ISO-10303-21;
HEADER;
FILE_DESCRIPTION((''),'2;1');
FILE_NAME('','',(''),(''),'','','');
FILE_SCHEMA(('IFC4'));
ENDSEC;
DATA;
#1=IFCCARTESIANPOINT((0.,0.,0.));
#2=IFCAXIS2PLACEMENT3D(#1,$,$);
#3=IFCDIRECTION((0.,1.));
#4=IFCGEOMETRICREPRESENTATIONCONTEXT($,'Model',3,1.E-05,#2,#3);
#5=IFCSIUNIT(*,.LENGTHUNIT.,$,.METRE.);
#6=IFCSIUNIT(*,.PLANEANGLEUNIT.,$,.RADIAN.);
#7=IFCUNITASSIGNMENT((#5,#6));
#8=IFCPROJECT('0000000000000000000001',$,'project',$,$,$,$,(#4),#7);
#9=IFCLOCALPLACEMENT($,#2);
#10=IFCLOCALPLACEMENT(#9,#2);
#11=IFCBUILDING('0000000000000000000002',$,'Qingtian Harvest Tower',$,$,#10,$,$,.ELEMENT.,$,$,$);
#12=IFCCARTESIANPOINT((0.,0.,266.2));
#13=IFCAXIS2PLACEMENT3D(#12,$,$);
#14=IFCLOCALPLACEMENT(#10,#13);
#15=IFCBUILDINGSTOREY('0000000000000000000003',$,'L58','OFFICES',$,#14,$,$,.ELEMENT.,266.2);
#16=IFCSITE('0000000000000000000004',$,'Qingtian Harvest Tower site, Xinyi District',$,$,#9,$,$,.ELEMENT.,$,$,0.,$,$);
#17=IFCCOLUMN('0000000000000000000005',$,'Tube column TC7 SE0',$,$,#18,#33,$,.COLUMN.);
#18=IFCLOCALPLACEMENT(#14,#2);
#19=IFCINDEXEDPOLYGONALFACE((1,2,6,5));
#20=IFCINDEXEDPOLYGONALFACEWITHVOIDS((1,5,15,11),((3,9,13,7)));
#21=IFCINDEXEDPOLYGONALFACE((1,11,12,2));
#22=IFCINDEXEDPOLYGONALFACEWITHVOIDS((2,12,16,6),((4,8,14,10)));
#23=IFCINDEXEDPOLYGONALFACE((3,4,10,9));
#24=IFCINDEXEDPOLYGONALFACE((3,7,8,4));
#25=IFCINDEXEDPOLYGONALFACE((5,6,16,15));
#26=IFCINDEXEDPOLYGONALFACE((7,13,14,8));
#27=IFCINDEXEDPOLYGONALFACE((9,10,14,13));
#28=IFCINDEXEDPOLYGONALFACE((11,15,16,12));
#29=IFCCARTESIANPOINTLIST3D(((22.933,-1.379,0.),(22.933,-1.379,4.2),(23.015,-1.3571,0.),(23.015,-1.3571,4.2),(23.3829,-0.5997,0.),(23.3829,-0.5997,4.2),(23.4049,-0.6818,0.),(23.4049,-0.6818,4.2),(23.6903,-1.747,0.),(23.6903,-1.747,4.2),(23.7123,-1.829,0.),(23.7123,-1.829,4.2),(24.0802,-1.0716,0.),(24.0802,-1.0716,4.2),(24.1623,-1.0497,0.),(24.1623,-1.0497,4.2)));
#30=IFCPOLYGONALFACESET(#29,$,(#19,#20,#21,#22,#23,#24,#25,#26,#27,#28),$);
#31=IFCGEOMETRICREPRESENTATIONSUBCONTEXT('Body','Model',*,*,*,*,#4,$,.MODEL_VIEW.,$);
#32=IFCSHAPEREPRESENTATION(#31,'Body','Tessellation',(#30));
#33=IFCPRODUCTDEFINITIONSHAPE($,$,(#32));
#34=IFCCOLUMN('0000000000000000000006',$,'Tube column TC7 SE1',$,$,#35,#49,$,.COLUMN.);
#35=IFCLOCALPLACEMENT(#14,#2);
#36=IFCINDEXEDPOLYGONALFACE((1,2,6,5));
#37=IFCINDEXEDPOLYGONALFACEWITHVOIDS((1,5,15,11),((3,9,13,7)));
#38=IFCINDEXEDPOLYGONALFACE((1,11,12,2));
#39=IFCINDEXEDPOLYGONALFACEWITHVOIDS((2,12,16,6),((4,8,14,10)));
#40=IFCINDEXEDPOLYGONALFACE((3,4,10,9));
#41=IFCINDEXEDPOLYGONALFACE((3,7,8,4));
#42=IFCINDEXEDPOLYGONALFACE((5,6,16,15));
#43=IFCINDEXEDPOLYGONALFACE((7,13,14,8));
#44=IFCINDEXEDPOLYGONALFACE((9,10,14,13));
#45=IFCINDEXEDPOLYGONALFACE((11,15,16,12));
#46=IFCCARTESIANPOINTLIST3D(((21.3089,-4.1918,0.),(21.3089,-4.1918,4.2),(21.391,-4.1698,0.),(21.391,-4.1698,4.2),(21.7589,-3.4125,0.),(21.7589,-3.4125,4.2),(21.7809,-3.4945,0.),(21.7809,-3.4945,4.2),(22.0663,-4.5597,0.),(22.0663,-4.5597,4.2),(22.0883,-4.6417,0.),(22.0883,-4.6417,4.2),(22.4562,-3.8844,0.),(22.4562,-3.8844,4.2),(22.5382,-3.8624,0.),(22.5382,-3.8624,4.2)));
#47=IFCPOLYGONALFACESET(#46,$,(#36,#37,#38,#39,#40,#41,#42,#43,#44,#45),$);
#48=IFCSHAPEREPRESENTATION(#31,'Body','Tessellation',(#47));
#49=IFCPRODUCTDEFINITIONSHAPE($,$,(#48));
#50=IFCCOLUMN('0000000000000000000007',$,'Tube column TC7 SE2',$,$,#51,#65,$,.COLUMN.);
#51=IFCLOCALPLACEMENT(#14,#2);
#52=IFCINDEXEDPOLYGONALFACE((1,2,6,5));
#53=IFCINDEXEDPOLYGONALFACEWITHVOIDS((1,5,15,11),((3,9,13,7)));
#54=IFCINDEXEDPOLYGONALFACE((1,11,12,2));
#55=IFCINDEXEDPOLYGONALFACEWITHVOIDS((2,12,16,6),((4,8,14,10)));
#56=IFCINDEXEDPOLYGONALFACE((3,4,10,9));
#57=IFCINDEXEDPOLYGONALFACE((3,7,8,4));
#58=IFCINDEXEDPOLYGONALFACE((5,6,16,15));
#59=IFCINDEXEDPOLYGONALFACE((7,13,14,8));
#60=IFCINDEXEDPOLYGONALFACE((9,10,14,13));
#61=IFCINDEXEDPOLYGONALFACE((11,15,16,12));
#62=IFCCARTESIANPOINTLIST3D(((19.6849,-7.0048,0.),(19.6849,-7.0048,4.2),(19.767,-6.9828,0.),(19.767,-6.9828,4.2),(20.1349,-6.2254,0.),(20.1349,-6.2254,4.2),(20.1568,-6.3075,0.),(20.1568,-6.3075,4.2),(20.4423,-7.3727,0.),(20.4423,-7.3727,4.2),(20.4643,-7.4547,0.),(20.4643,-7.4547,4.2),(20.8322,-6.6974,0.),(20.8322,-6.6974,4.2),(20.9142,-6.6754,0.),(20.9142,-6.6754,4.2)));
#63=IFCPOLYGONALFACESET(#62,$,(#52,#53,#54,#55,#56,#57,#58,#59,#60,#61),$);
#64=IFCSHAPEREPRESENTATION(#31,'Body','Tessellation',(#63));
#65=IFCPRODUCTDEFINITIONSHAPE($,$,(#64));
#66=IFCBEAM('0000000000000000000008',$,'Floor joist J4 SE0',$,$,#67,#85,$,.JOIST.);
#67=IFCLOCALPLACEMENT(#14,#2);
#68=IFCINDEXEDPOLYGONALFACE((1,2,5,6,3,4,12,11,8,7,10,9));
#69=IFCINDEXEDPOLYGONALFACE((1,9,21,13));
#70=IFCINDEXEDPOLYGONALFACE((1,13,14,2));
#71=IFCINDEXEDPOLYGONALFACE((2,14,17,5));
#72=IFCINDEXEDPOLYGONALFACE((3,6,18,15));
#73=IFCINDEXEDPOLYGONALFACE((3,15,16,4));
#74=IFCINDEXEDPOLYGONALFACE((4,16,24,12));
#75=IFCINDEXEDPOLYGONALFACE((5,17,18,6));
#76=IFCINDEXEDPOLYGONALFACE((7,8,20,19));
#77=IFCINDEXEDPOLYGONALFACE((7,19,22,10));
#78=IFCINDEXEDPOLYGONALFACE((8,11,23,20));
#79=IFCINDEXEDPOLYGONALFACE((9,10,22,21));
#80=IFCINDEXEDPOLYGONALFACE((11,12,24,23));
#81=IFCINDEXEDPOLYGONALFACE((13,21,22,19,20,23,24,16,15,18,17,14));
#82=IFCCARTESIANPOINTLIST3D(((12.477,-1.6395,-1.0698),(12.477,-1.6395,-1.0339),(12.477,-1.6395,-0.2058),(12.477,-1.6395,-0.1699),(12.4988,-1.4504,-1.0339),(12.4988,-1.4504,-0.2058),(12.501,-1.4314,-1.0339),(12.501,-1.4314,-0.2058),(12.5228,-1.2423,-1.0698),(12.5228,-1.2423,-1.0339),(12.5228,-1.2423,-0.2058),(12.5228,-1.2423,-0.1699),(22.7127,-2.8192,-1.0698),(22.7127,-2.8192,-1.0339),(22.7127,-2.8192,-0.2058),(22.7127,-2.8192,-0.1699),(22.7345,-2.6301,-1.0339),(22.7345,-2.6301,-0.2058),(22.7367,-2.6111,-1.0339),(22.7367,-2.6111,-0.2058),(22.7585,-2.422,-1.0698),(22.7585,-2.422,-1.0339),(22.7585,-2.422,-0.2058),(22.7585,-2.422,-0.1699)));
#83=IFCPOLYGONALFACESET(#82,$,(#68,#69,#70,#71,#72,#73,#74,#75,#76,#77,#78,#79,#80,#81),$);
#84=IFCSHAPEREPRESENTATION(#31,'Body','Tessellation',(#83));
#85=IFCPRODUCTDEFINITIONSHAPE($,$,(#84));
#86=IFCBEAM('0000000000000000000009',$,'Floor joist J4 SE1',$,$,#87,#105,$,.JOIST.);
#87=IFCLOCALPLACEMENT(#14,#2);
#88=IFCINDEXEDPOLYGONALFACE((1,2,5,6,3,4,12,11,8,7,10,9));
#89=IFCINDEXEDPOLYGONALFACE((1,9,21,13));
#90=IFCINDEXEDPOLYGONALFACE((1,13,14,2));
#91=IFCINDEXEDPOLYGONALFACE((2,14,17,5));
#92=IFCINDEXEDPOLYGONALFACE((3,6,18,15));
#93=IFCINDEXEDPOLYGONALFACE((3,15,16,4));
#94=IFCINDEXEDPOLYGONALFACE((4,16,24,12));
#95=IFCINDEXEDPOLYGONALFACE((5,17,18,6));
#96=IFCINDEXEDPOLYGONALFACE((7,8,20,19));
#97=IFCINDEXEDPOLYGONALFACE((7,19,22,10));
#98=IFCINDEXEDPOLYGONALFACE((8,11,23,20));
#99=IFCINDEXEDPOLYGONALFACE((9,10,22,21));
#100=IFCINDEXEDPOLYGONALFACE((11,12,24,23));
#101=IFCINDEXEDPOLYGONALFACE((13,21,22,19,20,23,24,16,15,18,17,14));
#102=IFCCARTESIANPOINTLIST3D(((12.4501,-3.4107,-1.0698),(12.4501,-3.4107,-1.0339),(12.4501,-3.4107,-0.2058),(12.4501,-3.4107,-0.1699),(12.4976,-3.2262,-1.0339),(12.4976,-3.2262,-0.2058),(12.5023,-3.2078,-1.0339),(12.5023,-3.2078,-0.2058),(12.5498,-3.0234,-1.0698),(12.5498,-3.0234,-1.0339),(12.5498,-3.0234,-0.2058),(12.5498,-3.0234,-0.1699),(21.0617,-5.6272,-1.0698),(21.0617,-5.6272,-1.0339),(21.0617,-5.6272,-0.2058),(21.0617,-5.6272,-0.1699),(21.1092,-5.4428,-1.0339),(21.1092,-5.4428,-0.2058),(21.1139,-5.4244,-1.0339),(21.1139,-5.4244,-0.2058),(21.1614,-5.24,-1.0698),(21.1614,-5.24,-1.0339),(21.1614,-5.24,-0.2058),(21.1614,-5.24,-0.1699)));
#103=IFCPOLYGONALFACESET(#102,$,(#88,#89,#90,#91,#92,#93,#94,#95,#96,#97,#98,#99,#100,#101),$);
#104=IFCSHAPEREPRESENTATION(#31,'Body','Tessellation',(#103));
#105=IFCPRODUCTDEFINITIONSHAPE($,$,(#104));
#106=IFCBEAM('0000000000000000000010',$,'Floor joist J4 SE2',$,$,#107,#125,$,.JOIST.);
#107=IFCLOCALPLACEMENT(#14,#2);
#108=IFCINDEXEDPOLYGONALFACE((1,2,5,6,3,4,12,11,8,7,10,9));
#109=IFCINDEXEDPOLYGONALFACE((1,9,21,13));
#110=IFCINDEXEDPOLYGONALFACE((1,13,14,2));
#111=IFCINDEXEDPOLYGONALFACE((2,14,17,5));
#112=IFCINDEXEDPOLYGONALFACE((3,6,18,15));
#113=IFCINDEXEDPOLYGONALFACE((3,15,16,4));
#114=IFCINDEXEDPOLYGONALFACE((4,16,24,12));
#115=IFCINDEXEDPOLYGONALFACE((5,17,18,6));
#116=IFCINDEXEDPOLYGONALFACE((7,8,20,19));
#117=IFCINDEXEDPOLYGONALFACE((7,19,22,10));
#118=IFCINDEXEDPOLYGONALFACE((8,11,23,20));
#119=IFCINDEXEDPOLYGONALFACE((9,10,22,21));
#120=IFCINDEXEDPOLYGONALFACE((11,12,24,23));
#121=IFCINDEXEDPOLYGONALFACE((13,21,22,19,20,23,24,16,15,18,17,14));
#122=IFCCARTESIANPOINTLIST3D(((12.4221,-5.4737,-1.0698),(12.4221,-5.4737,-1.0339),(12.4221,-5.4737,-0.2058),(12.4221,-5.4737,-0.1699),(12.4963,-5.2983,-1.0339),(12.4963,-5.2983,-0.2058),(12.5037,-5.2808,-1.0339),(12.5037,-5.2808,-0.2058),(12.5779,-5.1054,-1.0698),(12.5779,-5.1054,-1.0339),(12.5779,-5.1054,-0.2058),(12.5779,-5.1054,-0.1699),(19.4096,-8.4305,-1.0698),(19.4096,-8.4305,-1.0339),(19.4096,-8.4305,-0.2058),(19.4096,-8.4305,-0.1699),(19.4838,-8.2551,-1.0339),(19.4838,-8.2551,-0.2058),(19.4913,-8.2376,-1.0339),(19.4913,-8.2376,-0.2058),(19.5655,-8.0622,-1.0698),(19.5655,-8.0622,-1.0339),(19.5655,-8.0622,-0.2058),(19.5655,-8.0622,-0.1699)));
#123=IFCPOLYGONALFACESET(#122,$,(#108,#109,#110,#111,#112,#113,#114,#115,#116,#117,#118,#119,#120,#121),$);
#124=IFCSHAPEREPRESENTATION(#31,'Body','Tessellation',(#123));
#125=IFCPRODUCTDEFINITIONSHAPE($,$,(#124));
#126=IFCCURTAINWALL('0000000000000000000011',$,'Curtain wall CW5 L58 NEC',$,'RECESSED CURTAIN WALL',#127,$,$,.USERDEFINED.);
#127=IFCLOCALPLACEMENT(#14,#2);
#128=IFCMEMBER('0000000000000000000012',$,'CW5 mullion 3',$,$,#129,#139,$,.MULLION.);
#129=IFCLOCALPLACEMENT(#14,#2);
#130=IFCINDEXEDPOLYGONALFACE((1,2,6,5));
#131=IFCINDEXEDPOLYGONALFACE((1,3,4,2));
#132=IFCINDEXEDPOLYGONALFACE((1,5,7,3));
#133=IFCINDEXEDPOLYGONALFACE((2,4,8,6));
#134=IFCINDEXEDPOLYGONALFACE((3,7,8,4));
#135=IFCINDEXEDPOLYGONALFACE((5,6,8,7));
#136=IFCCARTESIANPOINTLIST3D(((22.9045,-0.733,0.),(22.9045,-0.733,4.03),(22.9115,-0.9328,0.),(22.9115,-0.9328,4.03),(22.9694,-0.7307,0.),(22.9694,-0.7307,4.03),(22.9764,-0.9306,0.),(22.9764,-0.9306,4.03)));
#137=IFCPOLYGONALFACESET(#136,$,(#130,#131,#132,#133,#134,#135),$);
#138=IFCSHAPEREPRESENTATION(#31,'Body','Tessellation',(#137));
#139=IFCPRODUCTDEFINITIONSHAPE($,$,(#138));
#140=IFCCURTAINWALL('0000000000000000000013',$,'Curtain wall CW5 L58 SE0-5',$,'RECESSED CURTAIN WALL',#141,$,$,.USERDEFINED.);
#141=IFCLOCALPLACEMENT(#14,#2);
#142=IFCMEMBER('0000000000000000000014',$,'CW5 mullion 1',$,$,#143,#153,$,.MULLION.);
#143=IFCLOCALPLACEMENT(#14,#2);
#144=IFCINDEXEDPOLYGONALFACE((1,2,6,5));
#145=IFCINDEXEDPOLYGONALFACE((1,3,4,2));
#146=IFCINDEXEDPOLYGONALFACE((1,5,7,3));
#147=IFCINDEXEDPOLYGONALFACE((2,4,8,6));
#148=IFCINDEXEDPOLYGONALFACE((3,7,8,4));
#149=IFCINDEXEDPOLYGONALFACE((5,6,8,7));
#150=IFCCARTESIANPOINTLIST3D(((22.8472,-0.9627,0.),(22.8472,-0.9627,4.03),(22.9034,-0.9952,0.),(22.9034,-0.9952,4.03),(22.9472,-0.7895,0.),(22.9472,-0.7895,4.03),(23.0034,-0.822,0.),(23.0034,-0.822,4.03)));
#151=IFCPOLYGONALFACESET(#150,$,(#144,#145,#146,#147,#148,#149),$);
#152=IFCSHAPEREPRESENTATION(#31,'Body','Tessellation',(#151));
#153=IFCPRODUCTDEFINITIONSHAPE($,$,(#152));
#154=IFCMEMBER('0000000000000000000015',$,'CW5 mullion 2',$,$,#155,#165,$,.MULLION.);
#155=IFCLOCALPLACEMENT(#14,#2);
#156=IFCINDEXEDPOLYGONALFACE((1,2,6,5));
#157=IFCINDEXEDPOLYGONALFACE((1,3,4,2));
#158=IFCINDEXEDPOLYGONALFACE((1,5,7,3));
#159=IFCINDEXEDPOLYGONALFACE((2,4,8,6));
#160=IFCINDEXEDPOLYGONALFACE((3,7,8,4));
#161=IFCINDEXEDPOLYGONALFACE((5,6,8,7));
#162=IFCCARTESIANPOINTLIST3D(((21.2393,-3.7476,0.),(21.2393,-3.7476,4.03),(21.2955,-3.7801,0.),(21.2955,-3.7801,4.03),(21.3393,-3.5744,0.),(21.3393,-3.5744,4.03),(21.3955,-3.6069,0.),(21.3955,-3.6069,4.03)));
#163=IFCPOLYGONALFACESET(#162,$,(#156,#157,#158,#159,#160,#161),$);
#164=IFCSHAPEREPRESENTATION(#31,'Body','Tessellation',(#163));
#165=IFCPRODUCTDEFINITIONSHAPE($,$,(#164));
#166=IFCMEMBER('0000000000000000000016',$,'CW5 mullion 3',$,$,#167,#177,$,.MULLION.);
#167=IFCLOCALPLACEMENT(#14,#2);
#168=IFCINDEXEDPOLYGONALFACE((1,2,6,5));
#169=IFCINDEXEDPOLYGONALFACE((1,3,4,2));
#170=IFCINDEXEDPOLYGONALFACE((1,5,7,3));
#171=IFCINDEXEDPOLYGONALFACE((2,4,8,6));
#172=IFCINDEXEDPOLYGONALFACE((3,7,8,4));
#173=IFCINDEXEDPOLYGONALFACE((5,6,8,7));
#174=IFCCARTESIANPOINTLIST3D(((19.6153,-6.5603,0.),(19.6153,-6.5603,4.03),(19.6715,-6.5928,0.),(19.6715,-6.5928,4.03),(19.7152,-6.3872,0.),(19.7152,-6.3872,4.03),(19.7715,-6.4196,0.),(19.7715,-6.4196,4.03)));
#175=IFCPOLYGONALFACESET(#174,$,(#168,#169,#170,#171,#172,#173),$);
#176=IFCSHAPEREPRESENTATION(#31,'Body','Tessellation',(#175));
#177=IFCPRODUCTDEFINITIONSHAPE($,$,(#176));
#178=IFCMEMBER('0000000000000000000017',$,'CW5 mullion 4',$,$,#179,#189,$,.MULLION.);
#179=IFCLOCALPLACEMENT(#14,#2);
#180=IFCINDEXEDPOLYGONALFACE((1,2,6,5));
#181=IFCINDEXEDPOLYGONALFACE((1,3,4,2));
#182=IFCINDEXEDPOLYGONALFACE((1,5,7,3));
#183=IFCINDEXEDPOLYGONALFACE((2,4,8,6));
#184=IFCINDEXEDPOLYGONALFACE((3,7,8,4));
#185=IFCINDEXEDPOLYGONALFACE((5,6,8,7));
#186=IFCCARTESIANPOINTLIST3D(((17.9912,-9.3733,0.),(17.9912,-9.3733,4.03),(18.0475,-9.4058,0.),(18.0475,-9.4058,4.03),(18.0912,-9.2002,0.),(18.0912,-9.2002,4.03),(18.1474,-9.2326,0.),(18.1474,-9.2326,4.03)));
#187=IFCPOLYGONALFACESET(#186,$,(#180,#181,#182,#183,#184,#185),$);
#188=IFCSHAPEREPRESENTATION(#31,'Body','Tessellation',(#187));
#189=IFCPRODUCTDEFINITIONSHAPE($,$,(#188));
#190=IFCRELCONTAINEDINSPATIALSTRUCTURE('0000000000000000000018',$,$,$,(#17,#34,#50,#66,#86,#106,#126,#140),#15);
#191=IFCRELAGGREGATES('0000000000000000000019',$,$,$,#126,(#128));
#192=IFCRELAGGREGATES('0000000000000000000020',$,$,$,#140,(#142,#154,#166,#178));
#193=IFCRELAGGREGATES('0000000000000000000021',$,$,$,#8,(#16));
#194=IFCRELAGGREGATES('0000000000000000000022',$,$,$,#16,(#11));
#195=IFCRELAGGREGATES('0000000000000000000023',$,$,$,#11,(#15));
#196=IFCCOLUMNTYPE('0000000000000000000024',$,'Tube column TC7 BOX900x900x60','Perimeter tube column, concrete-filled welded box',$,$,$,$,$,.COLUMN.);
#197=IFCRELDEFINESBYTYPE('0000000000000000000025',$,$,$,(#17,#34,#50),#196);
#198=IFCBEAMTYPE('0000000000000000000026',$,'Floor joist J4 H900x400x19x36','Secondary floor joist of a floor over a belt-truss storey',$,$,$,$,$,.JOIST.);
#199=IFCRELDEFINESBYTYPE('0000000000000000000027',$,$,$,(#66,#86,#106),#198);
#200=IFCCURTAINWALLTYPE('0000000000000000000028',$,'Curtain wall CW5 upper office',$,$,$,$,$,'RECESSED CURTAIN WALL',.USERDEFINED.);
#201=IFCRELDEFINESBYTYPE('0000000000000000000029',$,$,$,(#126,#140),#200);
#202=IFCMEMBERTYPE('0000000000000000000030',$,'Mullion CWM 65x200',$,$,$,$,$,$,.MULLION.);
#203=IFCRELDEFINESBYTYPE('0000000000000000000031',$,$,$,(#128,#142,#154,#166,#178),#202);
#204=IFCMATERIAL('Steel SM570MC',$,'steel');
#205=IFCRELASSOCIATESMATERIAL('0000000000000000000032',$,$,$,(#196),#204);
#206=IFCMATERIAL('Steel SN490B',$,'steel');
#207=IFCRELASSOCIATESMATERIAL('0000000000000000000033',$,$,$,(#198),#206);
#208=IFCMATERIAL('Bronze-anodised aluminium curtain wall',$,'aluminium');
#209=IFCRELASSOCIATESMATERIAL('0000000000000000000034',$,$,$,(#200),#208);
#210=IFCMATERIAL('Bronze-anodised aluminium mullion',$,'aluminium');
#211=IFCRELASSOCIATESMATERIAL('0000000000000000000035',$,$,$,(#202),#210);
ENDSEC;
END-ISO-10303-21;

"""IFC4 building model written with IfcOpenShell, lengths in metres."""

from ifc_helpers import new_model, si_unit, direction, frame, origin, origin_2d, place, context, subcontext, project, spatial, rectangle, hollow_rectangle, i_section, extrude, material, material_profile, profile_set, type_object, element, aggregate, save


model = new_model("IFC4")

# Units and contexts
model_context = context("Model", 3, precision=1e-05, world=origin(), true_north=direction((0.0, 1.0)))
body_context = subcontext(model_context, "Body", "Model", "MODEL_VIEW")
ifc_project = project(units=[si_unit("LENGTHUNIT", "METRE"), si_unit("PLANEANGLEUNIT", "RADIAN")], contexts=[model_context])

# Site, building, storey
site_placement = place(None, origin())
site = spatial("IfcSite", under=ifc_project, at=site_placement, Name="Qingtian Harvest Tower site, Xinyi District", CompositionType="ELEMENT", RefElevation=0.0)
building_placement = place(site_placement, origin())
building = spatial("IfcBuilding", under=site, at=building_placement, Name="Qingtian Harvest Tower", CompositionType="ELEMENT")
storey_placement = place(building_placement, frame((0.0, 0.0, 266.2)))
storey = spatial("IfcBuildingStorey", under=building, at=storey_placement, Name="L58", Description="OFFICES", CompositionType="ELEMENT", Elevation=266.2)

# Columns
ifc_material_1 = material(Name="Steel SM570MC", Category="steel")
ifc_material_profile_1 = material_profile(ifc_material_1, hollow_rectangle(XDim=0.8999, YDim=0.8999, WallThickness=0.0601, at=origin_2d()), Name="BOX900x900x60")
ifc_profile_set_1 = profile_set([ifc_material_profile_1], Name="Steel SM570MC")
column_type = type_object("IfcColumnType", Name="Tube column TC7 BOX900x900x60", Description="Perimeter tube column, concrete-filled welded box", PredefinedType="COLUMN", material=ifc_profile_set_1)
for number, where, z_axis, x_axis, name in (
    (1, (23.5476, -1.2144, 0.0), (0.0, 0.0, 1.0), (0.5, 0.866025, 0.0), "Tube column TC7 SE0"),
    (2, (21.9236, -4.0271, 0.0), (0.0, 0.0, 1.0), (0.5, 0.866025, 0.0), "Tube column TC7 SE1"),
    (3, (20.2996, -6.8401, 0.0), (0.0, 0.0, 1.0), (0.5, 0.866025, 0.0), "Tube column TC7 SE2"),
):
    element("IfcColumn", number, at=place(storey_placement, frame(where, z_axis=z_axis, x_axis=x_axis)), inside=storey, type_object=column_type, Name=name, PredefinedType="COLUMN", context=body_context, shape_type="SweptSolid", body=[
        extrude(hollow_rectangle(XDim=0.8999, YDim=0.8999, WallThickness=0.0601, at=origin_2d()), origin(), (0.0, 0.0, 1.0), 4.2),
    ])

# Beams
ifc_material_2 = material(Name="Steel SN490B", Category="steel")
ifc_material_profile_2 = material_profile(ifc_material_2, i_section(OverallWidth=0.3999, OverallDepth=0.8999, WebThickness=0.019, FlangeThickness=0.0359, at=origin_2d()), Name="H900x400x19x36")
ifc_profile_set_2 = profile_set([ifc_material_profile_2], Name="Steel SN490B")
beam_type_1 = type_object("IfcBeamType", Name="Floor joist J4 H900x400x19x36", Description="Secondary floor joist of a floor over a belt-truss storey", PredefinedType="JOIST", material=ifc_profile_set_2)
beam_1_placement = place(storey_placement, frame((22.7356, -2.6206, -0.6199), z_axis=(-0.993424, 0.114495, 0.0), x_axis=(-0.114495, -0.993424, 0.0)))
element("IfcBeam", 4, at=beam_1_placement, inside=storey, type_object=beam_type_1, Name="Floor joist J4 SE0", PredefinedType="JOIST", context=body_context, shape_type="SweptSolid", body=[
    extrude(i_section(OverallWidth=0.3999, OverallDepth=0.8999, WebThickness=0.019, FlangeThickness=0.0359, at=origin_2d()), origin(), (0.0, 0.0, 1.0), 10.3035),
])
beam_2_placement = place(storey_placement, frame((21.1116, -5.4336, -0.6199), z_axis=(-0.968435, 0.249268, 0.0), x_axis=(-0.249268, -0.968435, 0.0)))
element("IfcBeam", 5, at=beam_2_placement, inside=storey, type_object=beam_type_1, Name="Floor joist J4 SE1", PredefinedType="JOIST", context=body_context, shape_type="SweptSolid", body=[
    extrude(i_section(OverallWidth=0.3999, OverallDepth=0.8999, WebThickness=0.019, FlangeThickness=0.0359, at=origin_2d()), origin(), (0.0, 0.0, 1.0), 8.8923),
])
beam_3_placement = place(storey_placement, frame((19.4875, -8.2463, -0.6199), z_axis=(-0.920943, 0.389698, 0.0), x_axis=(-0.389698, -0.920943, 0.0)))
element("IfcBeam", 6, at=beam_3_placement, inside=storey, type_object=beam_type_1, Name="Floor joist J4 SE2", PredefinedType="JOIST", context=body_context, shape_type="SweptSolid", body=[
    extrude(i_section(OverallWidth=0.3999, OverallDepth=0.8999, WebThickness=0.019, FlangeThickness=0.0359, at=origin_2d()), origin(), (0.0, 0.0, 1.0), 7.5874),
])

# Curtain wall, member
ifc_material_3 = material(Name="Bronze-anodised aluminium curtain wall", Category="aluminium")
curtain_wall_type = type_object("IfcCurtainWallType", Name="Curtain wall CW5 upper office", ElementType="RECESSED CURTAIN WALL", PredefinedType="USERDEFINED", material=ifc_material_3)
curtain_wall_1_placement = place(storey_placement, origin())
curtain_wall_1 = element("IfcCurtainWall", 7, at=curtain_wall_1_placement, inside=storey, type_object=curtain_wall_type, Name="Curtain wall CW5 L58 NEC", ObjectType="RECESSED CURTAIN WALL", PredefinedType="USERDEFINED")
ifc_material_4 = material(Name="Bronze-anodised aluminium mullion", Category="aluminium")
ifc_material_profile_3 = material_profile(ifc_material_4, rectangle(XDim=0.0649, YDim=0.2, at=origin_2d()), Name="AL 65x200")
ifc_profile_set_3 = profile_set([ifc_material_profile_3], Name="Bronze-anodised aluminium mullion")
member_type_1 = type_object("IfcMemberType", Name="Mullion CWM 65x200", PredefinedType="MULLION", material=ifc_profile_set_3)
member_1_placement = place(storey_placement, frame((22.9404, -0.8318, 0.0), z_axis=(0.0, 0.0, 1.0), x_axis=(0.999391, 0.034899, 0.0)))
member_1 = element("IfcMember", 8, at=member_1_placement, type_object=member_type_1, Name="CW5 mullion 3", PredefinedType="MULLION", context=body_context, shape_type="SweptSolid", body=[
    extrude(rectangle(XDim=0.0649, YDim=0.2, at=origin_2d()), origin(), (0.0, 0.0, 1.0), 4.03),
])

# Curtain wall, members
curtain_wall_2_placement = place(storey_placement, origin())
curtain_wall_2 = element("IfcCurtainWall", 9, at=curtain_wall_2_placement, inside=storey, type_object=curtain_wall_type, Name="Curtain wall CW5 L58 SE0-5", ObjectType="RECESSED CURTAIN WALL", PredefinedType="USERDEFINED")
member_2_placement = place(storey_placement, frame((22.9253, -0.8923, 0.0), z_axis=(0.0, 0.0, 1.0), x_axis=(0.866025, -0.5, 0.0)))
member_2 = element("IfcMember", 10, at=member_2_placement, type_object=member_type_1, Name="CW5 mullion 1", PredefinedType="MULLION", context=body_context, shape_type="SweptSolid", body=[
    extrude(rectangle(XDim=0.0649, YDim=0.2, at=origin_2d()), origin(), (0.0, 0.0, 1.0), 4.03),
])
member_3_placement = place(storey_placement, frame((21.3174, -3.6772, 0.0), z_axis=(0.0, 0.0, 1.0), x_axis=(0.866025, -0.5, 0.0)))
member_3 = element("IfcMember", 11, at=member_3_placement, type_object=member_type_1, Name="CW5 mullion 2", PredefinedType="MULLION", context=body_context, shape_type="SweptSolid", body=[
    extrude(rectangle(XDim=0.0649, YDim=0.2, at=origin_2d()), origin(), (0.0, 0.0, 1.0), 4.03),
])
member_4_placement = place(storey_placement, frame((19.6934, -6.49, 0.0), z_axis=(0.0, 0.0, 1.0), x_axis=(0.866025, -0.5, 0.0)))
member_4 = element("IfcMember", 12, at=member_4_placement, type_object=member_type_1, Name="CW5 mullion 3", PredefinedType="MULLION", context=body_context, shape_type="SweptSolid", body=[
    extrude(rectangle(XDim=0.0649, YDim=0.2, at=origin_2d()), origin(), (0.0, 0.0, 1.0), 4.03),
])
member_5_placement = place(storey_placement, frame((18.0693, -9.303, 0.0), z_axis=(0.0, 0.0, 1.0), x_axis=(0.866025, -0.5, 0.0)))
member_5 = element("IfcMember", 13, at=member_5_placement, type_object=member_type_1, Name="CW5 mullion 4", PredefinedType="MULLION", context=body_context, shape_type="SweptSolid", body=[
    extrude(rectangle(XDim=0.0649, YDim=0.2, at=origin_2d()), origin(), (0.0, 0.0, 1.0), 4.03),
])

aggregate(curtain_wall_1, [member_1])
aggregate(curtain_wall_2, [member_2, member_3, member_4, member_5])

save(model, "model.ifc")
